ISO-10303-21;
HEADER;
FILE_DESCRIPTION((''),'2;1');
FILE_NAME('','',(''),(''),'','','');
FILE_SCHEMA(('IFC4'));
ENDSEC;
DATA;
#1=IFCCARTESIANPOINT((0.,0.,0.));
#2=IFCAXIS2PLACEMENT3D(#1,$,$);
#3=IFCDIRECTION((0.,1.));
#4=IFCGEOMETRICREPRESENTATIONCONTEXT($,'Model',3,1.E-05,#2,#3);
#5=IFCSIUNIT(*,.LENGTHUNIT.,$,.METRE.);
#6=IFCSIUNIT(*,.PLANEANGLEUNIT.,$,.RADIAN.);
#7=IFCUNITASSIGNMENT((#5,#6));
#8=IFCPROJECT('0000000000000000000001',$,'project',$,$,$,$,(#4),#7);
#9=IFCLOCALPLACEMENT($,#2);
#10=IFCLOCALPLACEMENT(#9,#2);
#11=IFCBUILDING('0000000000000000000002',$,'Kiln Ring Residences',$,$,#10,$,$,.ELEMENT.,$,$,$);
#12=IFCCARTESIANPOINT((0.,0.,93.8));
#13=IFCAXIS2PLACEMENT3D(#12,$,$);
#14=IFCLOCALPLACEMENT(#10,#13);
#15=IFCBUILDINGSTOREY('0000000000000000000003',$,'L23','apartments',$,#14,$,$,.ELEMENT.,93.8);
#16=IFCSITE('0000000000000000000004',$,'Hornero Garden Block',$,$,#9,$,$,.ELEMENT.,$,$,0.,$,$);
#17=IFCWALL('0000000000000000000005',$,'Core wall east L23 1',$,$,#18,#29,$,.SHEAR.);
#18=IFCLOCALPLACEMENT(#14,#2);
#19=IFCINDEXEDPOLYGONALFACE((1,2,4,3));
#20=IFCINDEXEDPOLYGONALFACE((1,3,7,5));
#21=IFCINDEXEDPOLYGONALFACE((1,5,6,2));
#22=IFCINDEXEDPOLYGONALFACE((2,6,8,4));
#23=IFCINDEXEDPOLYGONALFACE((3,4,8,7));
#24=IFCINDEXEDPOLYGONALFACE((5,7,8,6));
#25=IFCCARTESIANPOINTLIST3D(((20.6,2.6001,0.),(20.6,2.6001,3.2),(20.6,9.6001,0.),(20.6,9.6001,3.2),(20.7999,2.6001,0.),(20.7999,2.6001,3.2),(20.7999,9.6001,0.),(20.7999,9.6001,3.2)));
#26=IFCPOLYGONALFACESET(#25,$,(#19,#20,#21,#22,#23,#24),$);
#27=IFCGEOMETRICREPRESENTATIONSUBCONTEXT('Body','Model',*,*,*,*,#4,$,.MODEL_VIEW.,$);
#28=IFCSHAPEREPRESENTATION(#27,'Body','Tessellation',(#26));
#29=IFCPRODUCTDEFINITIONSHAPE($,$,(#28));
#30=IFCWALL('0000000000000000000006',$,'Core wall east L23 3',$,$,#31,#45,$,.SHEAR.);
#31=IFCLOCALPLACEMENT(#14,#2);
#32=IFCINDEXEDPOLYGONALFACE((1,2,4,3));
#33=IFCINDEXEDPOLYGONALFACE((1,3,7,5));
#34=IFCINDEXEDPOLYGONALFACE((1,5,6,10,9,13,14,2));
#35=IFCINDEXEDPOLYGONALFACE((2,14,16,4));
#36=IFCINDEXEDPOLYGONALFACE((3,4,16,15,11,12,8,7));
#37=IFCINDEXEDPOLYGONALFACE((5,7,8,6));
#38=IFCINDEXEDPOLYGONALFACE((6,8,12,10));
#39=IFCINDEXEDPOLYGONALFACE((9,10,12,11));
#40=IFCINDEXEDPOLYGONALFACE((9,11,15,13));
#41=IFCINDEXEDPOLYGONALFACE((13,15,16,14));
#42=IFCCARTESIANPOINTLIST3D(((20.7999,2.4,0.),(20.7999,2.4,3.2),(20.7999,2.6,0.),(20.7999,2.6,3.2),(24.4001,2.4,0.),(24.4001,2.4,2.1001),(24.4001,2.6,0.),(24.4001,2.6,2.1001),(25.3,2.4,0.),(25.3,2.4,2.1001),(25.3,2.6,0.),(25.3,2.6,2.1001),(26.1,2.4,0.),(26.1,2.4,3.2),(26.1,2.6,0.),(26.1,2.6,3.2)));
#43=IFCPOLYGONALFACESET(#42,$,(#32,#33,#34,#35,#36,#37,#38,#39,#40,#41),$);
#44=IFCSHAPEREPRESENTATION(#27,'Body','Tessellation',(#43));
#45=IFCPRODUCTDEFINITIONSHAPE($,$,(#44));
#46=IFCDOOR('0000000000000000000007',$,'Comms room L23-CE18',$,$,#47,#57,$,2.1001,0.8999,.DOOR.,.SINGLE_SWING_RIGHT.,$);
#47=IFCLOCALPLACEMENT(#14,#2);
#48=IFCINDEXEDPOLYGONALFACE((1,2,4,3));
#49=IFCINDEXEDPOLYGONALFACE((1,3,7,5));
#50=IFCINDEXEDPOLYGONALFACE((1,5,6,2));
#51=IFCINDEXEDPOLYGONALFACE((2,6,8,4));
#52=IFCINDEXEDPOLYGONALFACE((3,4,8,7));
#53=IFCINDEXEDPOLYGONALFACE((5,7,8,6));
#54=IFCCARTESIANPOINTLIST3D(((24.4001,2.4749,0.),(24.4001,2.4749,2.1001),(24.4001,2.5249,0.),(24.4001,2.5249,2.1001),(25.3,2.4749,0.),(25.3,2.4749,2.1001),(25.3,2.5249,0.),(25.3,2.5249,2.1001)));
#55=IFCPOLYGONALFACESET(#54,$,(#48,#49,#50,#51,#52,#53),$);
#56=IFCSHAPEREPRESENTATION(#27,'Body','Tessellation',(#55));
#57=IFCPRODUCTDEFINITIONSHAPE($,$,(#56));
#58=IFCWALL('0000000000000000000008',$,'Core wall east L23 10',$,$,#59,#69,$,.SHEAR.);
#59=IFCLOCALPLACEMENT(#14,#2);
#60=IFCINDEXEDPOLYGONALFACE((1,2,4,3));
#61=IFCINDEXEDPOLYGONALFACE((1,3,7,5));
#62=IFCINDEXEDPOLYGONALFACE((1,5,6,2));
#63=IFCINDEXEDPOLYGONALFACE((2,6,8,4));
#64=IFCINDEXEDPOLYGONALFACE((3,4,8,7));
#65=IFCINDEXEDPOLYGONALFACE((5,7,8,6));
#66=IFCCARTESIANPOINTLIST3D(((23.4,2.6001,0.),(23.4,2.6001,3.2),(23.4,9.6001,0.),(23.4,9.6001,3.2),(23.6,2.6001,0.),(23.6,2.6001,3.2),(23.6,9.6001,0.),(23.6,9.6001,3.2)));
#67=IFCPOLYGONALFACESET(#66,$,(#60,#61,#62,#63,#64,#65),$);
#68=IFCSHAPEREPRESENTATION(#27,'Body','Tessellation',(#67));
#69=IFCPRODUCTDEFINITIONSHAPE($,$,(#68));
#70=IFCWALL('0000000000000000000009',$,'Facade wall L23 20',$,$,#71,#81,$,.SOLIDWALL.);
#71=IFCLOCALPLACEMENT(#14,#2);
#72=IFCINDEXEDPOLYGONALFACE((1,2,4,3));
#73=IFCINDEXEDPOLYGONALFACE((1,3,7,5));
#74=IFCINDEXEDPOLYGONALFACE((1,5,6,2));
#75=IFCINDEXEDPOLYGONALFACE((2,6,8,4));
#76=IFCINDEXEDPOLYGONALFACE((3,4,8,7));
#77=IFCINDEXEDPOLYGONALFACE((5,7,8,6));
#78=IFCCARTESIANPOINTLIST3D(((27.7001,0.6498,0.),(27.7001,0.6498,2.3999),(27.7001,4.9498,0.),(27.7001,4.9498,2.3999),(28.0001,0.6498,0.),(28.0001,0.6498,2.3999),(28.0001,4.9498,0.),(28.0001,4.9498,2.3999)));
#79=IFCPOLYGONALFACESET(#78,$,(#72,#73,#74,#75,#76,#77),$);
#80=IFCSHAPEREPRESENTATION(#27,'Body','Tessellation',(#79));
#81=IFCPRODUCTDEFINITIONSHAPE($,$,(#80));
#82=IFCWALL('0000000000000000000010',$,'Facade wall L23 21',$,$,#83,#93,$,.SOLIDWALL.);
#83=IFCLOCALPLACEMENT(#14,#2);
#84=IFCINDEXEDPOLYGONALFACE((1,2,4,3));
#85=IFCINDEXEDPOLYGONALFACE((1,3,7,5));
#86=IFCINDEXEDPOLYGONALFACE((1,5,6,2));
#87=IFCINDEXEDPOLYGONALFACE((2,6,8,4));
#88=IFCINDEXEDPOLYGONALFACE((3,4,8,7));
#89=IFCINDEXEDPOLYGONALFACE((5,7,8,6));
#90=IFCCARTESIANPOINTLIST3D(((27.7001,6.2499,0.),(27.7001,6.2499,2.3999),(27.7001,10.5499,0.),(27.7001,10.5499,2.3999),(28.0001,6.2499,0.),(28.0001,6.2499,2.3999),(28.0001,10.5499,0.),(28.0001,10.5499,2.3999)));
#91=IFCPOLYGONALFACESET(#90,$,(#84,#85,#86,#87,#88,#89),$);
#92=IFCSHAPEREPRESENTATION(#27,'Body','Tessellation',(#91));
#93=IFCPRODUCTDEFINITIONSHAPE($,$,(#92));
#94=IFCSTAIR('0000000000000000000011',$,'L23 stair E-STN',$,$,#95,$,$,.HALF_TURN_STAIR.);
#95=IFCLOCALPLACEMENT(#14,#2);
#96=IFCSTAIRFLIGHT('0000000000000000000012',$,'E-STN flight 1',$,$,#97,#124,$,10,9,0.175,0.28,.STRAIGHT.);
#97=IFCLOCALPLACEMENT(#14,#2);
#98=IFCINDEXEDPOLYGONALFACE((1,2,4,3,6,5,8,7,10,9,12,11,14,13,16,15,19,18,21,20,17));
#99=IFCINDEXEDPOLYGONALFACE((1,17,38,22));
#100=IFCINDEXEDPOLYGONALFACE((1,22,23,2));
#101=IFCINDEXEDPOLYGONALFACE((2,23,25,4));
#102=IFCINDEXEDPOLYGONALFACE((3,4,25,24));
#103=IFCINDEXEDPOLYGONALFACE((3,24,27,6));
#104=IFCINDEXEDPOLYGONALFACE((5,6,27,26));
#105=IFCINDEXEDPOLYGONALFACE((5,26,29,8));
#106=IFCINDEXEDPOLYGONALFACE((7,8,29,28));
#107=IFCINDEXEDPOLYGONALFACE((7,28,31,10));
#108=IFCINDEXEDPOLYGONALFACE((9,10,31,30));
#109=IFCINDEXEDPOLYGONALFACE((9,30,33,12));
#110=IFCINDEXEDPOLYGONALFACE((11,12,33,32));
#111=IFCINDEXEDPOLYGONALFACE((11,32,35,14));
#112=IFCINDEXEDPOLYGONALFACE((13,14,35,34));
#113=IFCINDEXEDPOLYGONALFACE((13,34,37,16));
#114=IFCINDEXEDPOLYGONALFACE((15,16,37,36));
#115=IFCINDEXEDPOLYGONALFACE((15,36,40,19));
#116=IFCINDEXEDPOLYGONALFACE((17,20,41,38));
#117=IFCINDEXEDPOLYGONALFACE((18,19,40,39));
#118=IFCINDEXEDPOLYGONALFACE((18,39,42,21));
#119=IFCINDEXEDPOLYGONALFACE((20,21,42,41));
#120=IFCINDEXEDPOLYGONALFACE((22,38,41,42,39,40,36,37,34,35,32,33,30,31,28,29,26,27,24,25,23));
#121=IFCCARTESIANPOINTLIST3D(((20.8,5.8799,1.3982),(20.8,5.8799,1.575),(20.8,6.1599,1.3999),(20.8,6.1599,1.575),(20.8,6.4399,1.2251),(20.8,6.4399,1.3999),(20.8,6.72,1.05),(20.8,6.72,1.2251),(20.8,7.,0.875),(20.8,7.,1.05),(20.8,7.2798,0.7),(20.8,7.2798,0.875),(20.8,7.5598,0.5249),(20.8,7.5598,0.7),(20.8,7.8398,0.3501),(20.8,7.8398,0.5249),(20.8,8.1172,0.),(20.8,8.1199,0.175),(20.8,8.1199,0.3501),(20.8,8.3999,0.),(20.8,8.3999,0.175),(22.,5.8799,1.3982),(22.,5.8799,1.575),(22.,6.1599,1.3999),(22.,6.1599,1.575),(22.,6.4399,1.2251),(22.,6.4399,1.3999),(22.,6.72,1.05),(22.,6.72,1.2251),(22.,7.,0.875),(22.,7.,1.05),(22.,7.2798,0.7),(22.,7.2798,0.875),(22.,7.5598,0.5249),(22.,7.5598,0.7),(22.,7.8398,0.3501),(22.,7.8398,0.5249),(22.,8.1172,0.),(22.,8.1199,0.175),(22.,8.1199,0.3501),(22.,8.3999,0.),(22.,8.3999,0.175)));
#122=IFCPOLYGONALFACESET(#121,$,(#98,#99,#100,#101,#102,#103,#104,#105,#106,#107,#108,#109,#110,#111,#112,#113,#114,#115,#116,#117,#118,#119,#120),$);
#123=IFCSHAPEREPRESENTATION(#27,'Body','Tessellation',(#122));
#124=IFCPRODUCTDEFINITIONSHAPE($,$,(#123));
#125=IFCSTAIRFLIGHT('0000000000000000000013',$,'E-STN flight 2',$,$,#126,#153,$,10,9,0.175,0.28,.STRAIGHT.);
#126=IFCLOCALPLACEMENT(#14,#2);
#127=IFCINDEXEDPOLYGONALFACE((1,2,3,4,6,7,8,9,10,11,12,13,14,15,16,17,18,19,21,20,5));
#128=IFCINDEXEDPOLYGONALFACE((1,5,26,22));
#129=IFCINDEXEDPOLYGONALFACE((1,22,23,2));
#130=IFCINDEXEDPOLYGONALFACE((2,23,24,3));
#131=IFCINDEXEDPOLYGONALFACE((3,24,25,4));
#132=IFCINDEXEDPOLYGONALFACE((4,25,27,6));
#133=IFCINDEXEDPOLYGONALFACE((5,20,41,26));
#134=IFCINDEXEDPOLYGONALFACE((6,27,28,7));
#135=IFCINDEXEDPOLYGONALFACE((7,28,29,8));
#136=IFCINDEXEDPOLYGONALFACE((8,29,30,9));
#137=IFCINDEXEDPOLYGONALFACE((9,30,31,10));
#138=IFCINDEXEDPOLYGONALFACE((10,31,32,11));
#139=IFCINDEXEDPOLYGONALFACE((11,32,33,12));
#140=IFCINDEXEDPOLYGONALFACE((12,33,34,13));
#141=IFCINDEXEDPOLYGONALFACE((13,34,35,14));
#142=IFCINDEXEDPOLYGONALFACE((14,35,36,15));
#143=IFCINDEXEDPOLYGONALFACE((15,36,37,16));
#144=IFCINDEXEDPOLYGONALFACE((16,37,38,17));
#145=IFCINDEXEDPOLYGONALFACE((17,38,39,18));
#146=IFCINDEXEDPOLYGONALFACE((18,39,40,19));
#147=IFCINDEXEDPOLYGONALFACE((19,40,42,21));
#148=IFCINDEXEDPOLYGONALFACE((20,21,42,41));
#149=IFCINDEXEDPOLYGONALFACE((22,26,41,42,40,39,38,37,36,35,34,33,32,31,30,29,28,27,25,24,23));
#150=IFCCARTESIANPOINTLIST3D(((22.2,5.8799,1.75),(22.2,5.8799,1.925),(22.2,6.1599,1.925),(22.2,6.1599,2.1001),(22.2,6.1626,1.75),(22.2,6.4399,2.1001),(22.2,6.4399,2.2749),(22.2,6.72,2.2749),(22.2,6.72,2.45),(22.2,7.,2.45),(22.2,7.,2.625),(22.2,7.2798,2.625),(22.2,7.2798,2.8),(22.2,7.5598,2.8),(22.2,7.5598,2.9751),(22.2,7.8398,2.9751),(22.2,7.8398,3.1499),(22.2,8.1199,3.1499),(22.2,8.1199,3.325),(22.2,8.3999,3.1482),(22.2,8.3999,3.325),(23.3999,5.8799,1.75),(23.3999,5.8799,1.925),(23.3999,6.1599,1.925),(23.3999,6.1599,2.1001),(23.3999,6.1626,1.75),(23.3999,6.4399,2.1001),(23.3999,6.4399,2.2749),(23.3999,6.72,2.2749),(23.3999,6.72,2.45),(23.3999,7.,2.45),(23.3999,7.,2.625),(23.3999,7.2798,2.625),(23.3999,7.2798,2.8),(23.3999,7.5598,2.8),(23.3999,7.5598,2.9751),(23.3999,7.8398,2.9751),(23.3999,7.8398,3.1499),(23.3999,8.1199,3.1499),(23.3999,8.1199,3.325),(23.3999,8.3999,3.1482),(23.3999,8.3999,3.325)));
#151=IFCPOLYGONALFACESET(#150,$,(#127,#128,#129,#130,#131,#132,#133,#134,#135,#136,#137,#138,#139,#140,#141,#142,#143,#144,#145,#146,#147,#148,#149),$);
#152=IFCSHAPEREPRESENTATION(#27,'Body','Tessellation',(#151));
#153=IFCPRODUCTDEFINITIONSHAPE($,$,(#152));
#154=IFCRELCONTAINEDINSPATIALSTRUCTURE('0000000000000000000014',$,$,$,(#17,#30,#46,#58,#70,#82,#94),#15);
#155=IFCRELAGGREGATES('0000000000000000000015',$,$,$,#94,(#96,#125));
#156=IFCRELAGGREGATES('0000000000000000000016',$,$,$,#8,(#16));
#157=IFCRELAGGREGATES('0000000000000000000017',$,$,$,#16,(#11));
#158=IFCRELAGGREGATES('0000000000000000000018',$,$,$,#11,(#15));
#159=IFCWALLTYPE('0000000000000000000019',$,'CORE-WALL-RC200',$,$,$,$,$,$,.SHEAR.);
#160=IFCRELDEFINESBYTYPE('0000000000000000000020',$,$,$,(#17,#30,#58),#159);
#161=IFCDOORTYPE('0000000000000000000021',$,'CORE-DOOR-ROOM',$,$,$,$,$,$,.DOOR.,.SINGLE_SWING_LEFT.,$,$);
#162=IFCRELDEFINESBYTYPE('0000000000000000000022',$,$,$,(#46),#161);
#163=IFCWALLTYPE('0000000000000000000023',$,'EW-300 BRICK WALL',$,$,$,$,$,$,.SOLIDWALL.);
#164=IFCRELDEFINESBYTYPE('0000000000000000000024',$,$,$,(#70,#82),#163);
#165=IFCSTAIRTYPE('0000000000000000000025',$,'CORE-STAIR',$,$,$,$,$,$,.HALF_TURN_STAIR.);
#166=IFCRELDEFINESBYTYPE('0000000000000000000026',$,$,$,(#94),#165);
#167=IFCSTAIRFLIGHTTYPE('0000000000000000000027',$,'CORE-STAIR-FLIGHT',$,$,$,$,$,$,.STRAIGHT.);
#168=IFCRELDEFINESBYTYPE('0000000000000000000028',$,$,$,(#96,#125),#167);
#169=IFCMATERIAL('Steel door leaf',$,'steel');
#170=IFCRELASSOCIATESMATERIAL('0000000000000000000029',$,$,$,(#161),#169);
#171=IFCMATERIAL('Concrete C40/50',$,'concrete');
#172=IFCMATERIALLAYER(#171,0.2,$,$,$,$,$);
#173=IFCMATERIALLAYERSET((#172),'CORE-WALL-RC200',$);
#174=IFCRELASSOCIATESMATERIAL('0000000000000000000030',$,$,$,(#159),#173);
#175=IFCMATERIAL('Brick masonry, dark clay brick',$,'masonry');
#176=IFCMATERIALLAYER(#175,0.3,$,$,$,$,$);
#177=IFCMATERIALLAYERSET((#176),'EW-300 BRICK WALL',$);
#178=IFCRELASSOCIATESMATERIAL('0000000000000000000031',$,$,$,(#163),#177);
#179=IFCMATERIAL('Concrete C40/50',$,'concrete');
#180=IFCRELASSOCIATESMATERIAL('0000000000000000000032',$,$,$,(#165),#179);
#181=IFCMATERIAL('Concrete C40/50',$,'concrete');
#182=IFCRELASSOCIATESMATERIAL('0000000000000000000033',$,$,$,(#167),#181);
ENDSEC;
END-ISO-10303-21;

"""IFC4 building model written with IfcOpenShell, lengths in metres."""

from ifc_helpers import new_model, si_unit, direction, frame, frame_2d, origin, place, context, subcontext, project, spatial, polyline, rectangle, outline, extrude, material, layer, layer_set, type_object, element, fill, aggregate, save


model = new_model("IFC4")

# Units and contexts
model_context = context("Model", 3, precision=1e-05, world=origin(), true_north=direction((0.0, 1.0)))
body_context = subcontext(model_context, "Body", "Model", "MODEL_VIEW")
ifc_project = project(units=[si_unit("LENGTHUNIT", "METRE"), si_unit("PLANEANGLEUNIT", "RADIAN")], contexts=[model_context])

# Site, building, storey
site_placement = place(None, origin())
site = spatial("IfcSite", under=ifc_project, at=site_placement, Name="Hornero Garden Block", CompositionType="ELEMENT", RefElevation=0.0)
building_placement = place(site_placement, origin())
building = spatial("IfcBuilding", under=site, at=building_placement, Name="Kiln Ring Residences", CompositionType="ELEMENT")
storey_placement = place(building_placement, frame((0.0, 0.0, 93.8)))
storey = spatial("IfcBuildingStorey", under=building, at=storey_placement, Name="L23", Description="apartments", CompositionType="ELEMENT", Elevation=93.8)

# Shared definitions
ifc_material_1 = material(Name="Steel door leaf", Category="steel")
door_type = type_object("IfcDoorType", Name="CORE-DOOR-ROOM", OperationType="SINGLE_SWING_LEFT", PredefinedType="DOOR", material=ifc_material_1)

# Wall
ifc_material_2 = material(Name="Concrete C40/50", Category="concrete")
ifc_layer_1 = layer(ifc_material_2, 0.2)
ifc_layer_set_1 = layer_set([ifc_layer_1], Name="CORE-WALL-RC200")
wall_type_1 = type_object("IfcWallType", Name="CORE-WALL-RC200", PredefinedType="SHEAR", material=ifc_layer_set_1)
wall_1_placement = place(storey_placement, frame((20.7, 2.6001, 0.0), z_axis=(0.0, 0.0, 1.0), x_axis=(0.0, 1.0, 0.0)))
element("IfcWall", 1, at=wall_1_placement, inside=storey, type_object=wall_type_1, Name="Core wall east L23 1", PredefinedType="SHEAR", context=body_context, shape_type="SweptSolid", body=[
    extrude(rectangle(XDim=7.0, YDim=0.2, at=frame_2d((3.5, 0.0))), origin(), (0.0, 0.0, 1.0), 3.2),
])

# Wall, opening, door
wall_2_placement = place(storey_placement, frame((20.8, 2.5, 0.0), z_axis=(0.0, 0.0, 1.0), x_axis=(1.0, 0.0, 0.0)))
wall_2 = element("IfcWall", 2, at=wall_2_placement, inside=storey, type_object=wall_type_1, Name="Core wall east L23 3", PredefinedType="SHEAR", context=body_context, shape_type="SweptSolid", body=[
    extrude(rectangle(XDim=5.3, YDim=0.2, at=frame_2d((2.6499, 0.0))), origin(), (0.0, 0.0, 1.0), 3.2),
])
opening_1_placement = place(wall_2_placement, frame((3.6001, 0.0, 0.0)))
opening_1 = element("IfcOpeningElement", 3, at=opening_1_placement, cuts=wall_2, PredefinedType="OPENING", context=body_context, shape_type="SweptSolid", body=[
    extrude(rectangle(XDim=0.8999, YDim=2.1001, at=frame_2d((0.45, 1.05))), frame((0.0, 0.1099, 0.0), z_axis=(0.0, -1.0, 0.0), x_axis=(1.0, 0.0, 0.0)), (0.0, 0.0, 1.0), 0.22),
])
door_1_placement = place(opening_1_placement, origin())
door_1 = element("IfcDoor", 4, at=door_1_placement, inside=storey, type_object=door_type, Name="Comms room L23-CE18", OperationType="SINGLE_SWING_RIGHT", OverallHeight=2.1001, OverallWidth=0.8999, PredefinedType="DOOR", context=body_context, shape_type="SweptSolid", body=[
    extrude(rectangle(XDim=0.8999, YDim=2.1001, at=frame_2d((0.45, 1.05))), frame((0.0, 0.0249, 0.0), z_axis=(0.0, -1.0, 0.0), x_axis=(1.0, 0.0, 0.0)), (0.0, 0.0, 1.0), 0.05),
])
fill(opening_1, door_1)

# Walls
wall_3_placement = place(storey_placement, frame((23.5, 2.6001, 0.0), z_axis=(0.0, 0.0, 1.0), x_axis=(0.0, 1.0, 0.0)))
element("IfcWall", 5, at=wall_3_placement, inside=storey, type_object=wall_type_1, Name="Core wall east L23 10", PredefinedType="SHEAR", context=body_context, shape_type="SweptSolid", body=[
    extrude(rectangle(XDim=7.0, YDim=0.2, at=frame_2d((3.5, 0.0))), origin(), (0.0, 0.0, 1.0), 3.2),
])
ifc_material_3 = material(Name="Brick masonry, dark clay brick", Category="masonry")
ifc_layer_2 = layer(ifc_material_3, 0.3)
ifc_layer_set_2 = layer_set([ifc_layer_2], Name="EW-300 BRICK WALL")
wall_type_2 = type_object("IfcWallType", Name="EW-300 BRICK WALL", PredefinedType="SOLIDWALL", material=ifc_layer_set_2)
for number, where, z_axis, x_axis, name in (
    (6, (27.8501, 0.6499, 0.0), (0.0, 0.0, 1.0), (0.0, 1.0, 0.0), "Facade wall L23 20"),
    (7, (27.8501, 6.25, 0.0), (0.0, 0.0, 1.0), (0.0, 1.0, 0.0), "Facade wall L23 21"),
):
    element("IfcWall", number, at=place(storey_placement, frame(where, z_axis=z_axis, x_axis=x_axis)), inside=storey, type_object=wall_type_2, Name=name, PredefinedType="SOLIDWALL", context=body_context, shape_type="SweptSolid", body=[
        extrude(rectangle(XDim=4.3, YDim=0.3, at=frame_2d((2.1499, 0.0))), origin(), (0.0, 0.0, 1.0), 2.3999),
    ])

# Stair, stair flights
ifc_material_4 = material(Name="Concrete C40/50", Category="concrete")
stair_type = type_object("IfcStairType", Name="CORE-STAIR", PredefinedType="HALF_TURN_STAIR", material=ifc_material_4)
stair_placement = place(storey_placement, origin())
stair = element("IfcStair", 8, at=stair_placement, inside=storey, type_object=stair_type, Name="L23 stair E-STN", PredefinedType="HALF_TURN_STAIR")
ifc_material_5 = material(Name="Concrete C40/50", Category="concrete")
stair_flight_type = type_object("IfcStairFlightType", Name="CORE-STAIR-FLIGHT", PredefinedType="STRAIGHT", material=ifc_material_5)
stair_flight_1_placement = place(storey_placement, frame((21.3999, 8.3999, 0.0), z_axis=(0.0, 0.0, 1.0), x_axis=(0.0, -1.0, 0.0)))
stair_flight_1 = element("IfcStairFlight", 9, at=stair_flight_1_placement, type_object=stair_flight_type, Name="E-STN flight 1", NumberOfRisers=10, NumberOfTreads=9, PredefinedType="STRAIGHT", RiserHeight=0.175, TreadLength=0.28, context=body_context, shape_type="SweptSolid", body=[
    extrude(outline(polyline([(0.0, 0.0), (0.0, 0.175), (0.28, 0.175), (0.28, 0.3501), (0.5601, 0.3501), (0.5601, 0.5249), (0.8401, 0.5249), (0.8401, 0.7), (1.1201, 0.7), (1.1201, 0.875), (1.3999, 0.875), (1.3999, 1.05), (1.6799, 1.05), (1.6799, 1.2251), (1.96, 1.2251), (1.96, 1.3999), (2.24, 1.3999), (2.24, 1.575), (2.52, 1.575), (2.52, 1.75), (2.52, 1.3982), (0.2827, 0.0), (0.0, 0.0)])), frame((0.0, 0.6001, 0.0), z_axis=(0.0, -1.0, 0.0), x_axis=(1.0, 0.0, 0.0)), (0.0, 0.0, 1.0), 1.2),
])
stair_flight_2_placement = place(storey_placement, frame((22.8, 5.8799, 1.75), z_axis=(0.0, 0.0, 1.0), x_axis=(0.0, 1.0, 0.0)))
stair_flight_2 = element("IfcStairFlight", 10, at=stair_flight_2_placement, type_object=stair_flight_type, Name="E-STN flight 2", NumberOfRisers=10, NumberOfTreads=9, PredefinedType="STRAIGHT", RiserHeight=0.175, TreadLength=0.28, context=body_context, shape_type="SweptSolid", body=[
    extrude(outline(polyline([(0.0, 0.0), (0.0, 0.175), (0.28, 0.175), (0.28, 0.3501), (0.5601, 0.3501), (0.5601, 0.5249), (0.8401, 0.5249), (0.8401, 0.7), (1.1201, 0.7), (1.1201, 0.875), (1.3999, 0.875), (1.3999, 1.05), (1.6799, 1.05), (1.6799, 1.2251), (1.96, 1.2251), (1.96, 1.3999), (2.24, 1.3999), (2.24, 1.575), (2.52, 1.575), (2.52, 1.75), (2.52, 1.3982), (0.2827, 0.0), (0.0, 0.0)])), frame((0.0, 0.6001, 0.0), z_axis=(0.0, -1.0, 0.0), x_axis=(1.0, 0.0, 0.0)), (0.0, 0.0, 1.0), 1.2),
])
aggregate(stair, [stair_flight_1, stair_flight_2])

save(model, "model.ifc")
